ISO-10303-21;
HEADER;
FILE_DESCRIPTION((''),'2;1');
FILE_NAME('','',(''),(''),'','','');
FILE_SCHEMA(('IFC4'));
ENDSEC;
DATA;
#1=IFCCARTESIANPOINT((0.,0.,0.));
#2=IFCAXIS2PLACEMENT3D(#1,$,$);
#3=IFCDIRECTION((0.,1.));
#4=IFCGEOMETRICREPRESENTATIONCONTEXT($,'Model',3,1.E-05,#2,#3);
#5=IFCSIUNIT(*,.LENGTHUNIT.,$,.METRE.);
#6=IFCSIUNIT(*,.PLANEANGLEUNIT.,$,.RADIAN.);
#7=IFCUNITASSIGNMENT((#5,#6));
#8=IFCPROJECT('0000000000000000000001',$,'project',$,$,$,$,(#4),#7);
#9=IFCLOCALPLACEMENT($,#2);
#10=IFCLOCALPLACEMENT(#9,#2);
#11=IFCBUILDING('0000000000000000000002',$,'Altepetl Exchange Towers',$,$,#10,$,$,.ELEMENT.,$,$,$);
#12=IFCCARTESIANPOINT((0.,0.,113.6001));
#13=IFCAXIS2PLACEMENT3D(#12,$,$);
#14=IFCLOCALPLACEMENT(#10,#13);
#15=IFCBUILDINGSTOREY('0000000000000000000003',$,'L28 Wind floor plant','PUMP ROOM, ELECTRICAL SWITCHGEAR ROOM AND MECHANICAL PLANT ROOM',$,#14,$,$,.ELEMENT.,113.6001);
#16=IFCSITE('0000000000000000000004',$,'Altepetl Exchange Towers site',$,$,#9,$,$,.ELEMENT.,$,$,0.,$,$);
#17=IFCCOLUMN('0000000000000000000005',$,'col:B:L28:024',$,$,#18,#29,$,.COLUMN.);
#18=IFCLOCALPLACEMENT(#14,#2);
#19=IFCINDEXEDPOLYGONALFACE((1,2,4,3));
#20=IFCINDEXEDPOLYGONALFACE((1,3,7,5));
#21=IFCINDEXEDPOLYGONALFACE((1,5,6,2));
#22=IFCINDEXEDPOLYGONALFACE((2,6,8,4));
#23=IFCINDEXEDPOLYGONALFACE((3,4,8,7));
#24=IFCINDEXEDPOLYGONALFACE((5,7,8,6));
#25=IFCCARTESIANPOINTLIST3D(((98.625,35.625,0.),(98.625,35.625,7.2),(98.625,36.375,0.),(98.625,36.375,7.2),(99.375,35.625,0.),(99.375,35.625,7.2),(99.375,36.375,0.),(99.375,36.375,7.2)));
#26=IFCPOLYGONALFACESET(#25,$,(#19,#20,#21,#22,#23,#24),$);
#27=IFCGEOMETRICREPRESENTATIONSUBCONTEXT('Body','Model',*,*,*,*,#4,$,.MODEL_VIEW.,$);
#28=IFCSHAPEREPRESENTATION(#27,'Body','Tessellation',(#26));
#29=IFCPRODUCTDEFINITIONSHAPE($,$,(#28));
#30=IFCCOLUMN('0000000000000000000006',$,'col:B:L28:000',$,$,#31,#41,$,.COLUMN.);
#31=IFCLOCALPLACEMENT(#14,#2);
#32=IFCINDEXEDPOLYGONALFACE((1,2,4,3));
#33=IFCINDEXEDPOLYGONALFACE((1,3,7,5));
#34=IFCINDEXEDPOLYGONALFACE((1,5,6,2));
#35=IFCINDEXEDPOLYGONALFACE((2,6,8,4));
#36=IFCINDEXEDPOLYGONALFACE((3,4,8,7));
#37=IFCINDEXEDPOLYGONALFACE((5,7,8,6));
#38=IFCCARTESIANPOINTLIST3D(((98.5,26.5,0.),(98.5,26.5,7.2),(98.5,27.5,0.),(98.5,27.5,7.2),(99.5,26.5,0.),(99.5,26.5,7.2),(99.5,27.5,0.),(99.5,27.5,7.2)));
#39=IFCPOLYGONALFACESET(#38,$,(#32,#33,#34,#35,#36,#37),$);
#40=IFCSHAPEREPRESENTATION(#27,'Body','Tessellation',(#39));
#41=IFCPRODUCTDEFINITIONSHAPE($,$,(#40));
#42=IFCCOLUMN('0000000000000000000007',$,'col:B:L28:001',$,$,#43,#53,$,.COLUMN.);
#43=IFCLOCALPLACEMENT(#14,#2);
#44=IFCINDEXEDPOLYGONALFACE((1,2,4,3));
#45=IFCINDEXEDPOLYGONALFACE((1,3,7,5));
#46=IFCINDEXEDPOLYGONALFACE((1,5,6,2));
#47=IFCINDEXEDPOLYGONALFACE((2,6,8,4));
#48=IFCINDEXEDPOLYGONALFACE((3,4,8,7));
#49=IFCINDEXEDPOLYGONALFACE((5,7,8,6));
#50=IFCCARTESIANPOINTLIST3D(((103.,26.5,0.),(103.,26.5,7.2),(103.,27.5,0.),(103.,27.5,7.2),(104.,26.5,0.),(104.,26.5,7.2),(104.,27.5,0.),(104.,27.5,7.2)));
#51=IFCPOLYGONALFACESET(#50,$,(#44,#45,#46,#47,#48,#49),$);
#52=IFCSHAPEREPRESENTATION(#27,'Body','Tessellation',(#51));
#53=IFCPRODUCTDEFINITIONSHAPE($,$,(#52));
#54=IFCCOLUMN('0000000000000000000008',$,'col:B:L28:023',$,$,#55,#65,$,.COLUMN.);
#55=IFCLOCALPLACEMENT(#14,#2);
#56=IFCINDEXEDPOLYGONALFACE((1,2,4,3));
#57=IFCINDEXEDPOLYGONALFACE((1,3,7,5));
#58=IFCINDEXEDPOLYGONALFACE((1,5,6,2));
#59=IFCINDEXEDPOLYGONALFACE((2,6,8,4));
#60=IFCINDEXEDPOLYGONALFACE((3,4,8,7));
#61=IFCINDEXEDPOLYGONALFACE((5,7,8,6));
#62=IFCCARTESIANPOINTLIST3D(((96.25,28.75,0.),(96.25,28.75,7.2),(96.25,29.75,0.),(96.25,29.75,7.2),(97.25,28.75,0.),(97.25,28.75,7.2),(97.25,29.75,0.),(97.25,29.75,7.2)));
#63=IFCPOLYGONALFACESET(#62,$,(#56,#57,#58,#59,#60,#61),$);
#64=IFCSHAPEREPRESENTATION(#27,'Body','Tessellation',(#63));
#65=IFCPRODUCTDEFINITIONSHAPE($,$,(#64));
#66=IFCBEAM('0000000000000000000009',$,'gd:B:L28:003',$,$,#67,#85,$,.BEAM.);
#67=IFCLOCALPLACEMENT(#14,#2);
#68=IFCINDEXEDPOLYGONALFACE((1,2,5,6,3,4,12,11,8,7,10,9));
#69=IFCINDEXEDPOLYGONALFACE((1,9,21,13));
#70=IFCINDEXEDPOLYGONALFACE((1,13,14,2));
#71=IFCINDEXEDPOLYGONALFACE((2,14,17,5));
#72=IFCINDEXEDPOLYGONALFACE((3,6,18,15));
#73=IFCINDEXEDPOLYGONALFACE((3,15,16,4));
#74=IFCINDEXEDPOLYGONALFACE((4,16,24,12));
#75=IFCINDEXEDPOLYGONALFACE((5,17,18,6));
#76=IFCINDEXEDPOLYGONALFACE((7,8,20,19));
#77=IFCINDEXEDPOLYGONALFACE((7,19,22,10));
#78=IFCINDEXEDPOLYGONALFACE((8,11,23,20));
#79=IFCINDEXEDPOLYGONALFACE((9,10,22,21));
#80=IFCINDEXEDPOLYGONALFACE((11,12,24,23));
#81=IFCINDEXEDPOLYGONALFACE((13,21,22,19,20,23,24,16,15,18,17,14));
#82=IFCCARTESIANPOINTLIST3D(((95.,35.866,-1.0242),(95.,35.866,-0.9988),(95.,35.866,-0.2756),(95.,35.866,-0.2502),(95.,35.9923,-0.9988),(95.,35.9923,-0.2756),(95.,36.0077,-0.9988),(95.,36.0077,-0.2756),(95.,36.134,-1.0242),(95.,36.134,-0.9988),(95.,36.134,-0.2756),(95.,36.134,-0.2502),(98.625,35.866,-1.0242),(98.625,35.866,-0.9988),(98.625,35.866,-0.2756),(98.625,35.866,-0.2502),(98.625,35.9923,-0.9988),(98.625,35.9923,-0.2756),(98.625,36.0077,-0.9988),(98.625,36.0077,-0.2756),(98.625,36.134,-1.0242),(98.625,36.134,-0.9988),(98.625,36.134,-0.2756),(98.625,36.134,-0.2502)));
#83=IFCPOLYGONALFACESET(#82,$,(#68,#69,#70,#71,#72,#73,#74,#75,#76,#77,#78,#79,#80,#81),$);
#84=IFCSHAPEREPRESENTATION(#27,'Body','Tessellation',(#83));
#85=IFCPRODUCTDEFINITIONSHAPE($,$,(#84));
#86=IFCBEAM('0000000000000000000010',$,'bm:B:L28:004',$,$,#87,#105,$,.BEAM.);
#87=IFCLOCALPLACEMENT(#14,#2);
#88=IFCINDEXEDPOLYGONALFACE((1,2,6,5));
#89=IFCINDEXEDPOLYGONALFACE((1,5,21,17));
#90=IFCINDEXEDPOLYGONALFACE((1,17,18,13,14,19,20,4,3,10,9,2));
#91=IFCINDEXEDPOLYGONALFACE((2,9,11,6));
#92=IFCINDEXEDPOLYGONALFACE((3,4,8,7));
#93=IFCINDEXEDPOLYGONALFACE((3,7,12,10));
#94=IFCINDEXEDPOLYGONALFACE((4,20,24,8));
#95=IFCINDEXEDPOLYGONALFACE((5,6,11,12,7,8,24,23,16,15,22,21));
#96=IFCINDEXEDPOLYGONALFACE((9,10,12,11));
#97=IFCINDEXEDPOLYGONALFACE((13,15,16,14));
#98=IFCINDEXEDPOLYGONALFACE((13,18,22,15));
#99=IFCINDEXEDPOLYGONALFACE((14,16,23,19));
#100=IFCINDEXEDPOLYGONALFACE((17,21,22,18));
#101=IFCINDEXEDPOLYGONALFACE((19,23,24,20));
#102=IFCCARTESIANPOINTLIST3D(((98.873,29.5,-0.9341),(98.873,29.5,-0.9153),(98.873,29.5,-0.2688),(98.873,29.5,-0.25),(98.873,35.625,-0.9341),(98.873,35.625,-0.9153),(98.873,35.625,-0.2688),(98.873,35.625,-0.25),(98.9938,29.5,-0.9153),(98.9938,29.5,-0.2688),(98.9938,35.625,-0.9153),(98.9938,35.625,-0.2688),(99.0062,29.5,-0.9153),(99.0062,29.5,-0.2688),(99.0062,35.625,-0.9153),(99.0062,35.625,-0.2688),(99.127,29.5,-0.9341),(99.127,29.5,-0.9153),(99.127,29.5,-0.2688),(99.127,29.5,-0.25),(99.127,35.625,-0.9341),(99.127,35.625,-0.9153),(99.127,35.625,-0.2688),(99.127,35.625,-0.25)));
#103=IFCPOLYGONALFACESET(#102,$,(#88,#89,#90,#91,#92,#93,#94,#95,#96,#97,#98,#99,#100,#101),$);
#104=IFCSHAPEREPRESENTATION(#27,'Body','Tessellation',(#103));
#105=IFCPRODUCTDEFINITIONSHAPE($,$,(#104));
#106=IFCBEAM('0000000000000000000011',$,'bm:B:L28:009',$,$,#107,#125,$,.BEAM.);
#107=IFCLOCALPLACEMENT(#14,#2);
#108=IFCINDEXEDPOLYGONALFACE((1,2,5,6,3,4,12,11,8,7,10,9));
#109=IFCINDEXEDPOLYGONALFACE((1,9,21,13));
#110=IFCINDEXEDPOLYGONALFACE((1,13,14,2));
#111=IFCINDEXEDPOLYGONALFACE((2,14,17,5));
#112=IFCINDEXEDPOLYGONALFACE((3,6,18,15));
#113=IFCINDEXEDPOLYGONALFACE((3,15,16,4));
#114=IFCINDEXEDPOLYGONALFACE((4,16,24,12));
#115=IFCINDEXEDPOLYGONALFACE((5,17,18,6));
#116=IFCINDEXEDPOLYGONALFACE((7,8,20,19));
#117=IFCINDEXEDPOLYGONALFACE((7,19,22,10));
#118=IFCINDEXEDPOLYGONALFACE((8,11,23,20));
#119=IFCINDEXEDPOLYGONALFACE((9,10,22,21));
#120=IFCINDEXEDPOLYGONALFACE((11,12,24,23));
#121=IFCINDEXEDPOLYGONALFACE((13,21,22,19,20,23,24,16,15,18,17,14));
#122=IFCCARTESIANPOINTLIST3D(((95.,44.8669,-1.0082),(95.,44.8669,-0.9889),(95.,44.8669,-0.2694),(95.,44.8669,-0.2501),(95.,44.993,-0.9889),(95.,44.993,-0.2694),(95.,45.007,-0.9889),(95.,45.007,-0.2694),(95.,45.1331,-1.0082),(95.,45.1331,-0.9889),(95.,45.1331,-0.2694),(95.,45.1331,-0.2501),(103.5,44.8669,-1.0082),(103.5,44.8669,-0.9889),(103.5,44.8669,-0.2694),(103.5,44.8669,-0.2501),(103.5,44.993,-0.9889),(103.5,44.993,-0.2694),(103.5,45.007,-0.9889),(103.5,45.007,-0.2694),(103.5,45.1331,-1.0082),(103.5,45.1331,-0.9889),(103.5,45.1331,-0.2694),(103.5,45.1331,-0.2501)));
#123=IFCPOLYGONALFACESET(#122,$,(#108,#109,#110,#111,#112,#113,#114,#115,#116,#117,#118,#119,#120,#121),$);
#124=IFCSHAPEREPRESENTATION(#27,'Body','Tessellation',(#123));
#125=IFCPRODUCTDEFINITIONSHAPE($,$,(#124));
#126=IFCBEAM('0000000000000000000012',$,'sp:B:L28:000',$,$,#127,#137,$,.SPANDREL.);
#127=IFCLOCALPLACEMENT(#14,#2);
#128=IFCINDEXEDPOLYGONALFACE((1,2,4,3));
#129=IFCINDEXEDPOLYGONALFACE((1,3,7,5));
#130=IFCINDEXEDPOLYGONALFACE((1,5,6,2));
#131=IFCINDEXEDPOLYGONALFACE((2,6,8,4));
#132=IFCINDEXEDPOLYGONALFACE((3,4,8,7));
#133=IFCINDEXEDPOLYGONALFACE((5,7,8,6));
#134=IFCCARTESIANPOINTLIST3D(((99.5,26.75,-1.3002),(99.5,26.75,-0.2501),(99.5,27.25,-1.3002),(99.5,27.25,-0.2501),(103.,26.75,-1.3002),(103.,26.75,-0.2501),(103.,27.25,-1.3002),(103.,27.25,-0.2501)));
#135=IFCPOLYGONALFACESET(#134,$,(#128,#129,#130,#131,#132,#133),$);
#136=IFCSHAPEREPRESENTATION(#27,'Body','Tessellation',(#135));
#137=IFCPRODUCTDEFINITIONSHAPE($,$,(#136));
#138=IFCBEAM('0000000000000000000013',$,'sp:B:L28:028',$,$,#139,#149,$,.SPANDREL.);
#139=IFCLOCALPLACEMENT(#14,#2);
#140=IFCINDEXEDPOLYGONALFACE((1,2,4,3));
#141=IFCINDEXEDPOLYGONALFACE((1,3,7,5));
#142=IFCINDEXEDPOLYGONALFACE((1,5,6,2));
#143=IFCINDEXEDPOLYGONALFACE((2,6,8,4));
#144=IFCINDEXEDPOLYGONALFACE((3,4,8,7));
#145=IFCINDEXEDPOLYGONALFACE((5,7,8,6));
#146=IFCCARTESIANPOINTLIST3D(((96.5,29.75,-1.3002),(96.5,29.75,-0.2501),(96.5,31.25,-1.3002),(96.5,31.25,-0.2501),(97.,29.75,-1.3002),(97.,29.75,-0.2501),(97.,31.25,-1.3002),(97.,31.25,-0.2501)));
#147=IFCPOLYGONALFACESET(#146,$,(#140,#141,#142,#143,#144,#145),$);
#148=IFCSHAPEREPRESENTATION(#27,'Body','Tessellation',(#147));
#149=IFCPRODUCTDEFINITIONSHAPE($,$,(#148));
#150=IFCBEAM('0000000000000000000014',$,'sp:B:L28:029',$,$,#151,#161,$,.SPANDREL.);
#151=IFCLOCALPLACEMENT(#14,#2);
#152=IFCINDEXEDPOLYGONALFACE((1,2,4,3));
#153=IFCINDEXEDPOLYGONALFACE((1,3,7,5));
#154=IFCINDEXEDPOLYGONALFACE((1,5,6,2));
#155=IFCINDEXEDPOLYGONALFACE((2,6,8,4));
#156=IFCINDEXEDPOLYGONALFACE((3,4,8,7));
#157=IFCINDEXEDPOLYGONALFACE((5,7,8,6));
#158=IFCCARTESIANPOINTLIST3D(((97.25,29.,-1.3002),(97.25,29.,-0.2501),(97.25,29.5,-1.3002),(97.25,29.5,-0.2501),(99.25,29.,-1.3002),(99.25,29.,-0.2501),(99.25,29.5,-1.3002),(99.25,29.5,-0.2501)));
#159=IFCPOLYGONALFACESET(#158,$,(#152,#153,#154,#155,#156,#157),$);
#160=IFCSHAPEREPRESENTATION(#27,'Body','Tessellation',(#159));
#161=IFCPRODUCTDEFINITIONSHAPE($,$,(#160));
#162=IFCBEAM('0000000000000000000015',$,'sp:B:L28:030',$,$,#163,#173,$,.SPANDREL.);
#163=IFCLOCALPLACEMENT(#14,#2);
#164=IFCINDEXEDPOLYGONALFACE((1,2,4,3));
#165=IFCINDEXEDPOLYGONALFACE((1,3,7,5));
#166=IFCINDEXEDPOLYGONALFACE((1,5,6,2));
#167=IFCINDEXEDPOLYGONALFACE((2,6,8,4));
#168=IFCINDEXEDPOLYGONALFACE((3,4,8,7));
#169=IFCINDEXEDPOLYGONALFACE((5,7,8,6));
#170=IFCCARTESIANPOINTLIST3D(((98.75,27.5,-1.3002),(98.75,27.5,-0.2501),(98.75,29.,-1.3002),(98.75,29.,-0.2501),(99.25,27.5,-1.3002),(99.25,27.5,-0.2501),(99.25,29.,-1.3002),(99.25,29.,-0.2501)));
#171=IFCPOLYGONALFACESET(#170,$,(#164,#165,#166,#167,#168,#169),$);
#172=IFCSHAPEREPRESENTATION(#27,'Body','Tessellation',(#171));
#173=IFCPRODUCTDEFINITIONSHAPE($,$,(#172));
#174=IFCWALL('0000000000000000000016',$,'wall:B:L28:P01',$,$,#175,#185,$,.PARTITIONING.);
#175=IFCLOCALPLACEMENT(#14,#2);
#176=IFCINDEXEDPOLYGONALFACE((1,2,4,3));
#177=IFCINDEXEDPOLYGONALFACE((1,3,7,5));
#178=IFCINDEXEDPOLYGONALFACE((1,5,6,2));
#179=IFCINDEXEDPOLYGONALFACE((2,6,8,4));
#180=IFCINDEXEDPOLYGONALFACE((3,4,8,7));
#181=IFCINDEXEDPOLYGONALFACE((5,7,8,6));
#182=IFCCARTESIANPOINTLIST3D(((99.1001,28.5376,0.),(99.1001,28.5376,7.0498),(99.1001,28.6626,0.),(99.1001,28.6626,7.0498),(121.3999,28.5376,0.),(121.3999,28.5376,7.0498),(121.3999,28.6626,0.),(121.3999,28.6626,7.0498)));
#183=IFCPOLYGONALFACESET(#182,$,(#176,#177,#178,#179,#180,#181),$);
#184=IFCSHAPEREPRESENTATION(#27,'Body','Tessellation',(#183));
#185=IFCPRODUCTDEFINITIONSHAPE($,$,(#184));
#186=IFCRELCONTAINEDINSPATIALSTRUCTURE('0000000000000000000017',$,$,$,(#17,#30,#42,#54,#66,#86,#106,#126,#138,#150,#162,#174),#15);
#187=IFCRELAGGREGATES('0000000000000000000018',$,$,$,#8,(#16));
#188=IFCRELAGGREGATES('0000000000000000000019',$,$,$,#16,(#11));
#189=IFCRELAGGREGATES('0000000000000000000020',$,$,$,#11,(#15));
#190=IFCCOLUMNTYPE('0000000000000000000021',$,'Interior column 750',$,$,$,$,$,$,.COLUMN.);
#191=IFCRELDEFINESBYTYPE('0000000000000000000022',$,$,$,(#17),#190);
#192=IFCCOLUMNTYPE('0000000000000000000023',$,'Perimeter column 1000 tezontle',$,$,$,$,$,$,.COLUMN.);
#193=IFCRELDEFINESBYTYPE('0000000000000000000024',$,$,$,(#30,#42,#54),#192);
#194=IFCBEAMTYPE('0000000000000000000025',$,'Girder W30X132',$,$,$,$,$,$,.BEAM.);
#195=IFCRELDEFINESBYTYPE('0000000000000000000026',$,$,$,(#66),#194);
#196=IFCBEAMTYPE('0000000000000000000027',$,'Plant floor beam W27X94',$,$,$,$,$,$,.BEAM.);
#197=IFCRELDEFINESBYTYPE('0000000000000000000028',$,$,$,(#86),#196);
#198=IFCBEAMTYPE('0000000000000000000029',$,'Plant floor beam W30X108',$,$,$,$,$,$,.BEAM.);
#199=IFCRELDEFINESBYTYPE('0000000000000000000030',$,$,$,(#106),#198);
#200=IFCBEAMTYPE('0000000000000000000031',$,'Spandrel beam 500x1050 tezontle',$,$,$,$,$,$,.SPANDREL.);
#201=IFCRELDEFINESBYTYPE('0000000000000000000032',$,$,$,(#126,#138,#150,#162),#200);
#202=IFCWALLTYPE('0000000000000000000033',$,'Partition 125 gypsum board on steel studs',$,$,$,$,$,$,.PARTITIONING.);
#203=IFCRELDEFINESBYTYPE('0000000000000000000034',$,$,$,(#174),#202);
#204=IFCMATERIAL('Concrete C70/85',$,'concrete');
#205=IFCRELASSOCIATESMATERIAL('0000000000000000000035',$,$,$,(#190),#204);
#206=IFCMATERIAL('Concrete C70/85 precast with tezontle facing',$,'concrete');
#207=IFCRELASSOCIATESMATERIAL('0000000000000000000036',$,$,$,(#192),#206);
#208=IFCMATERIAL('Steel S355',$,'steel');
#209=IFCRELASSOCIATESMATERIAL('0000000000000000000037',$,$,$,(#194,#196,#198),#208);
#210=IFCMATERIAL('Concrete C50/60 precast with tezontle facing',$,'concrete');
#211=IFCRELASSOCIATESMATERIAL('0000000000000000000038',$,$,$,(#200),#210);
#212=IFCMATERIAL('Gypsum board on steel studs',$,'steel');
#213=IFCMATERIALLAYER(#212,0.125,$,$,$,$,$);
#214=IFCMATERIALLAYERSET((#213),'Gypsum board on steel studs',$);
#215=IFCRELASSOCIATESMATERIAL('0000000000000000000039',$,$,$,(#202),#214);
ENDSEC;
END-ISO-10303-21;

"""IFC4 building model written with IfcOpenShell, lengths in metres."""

from ifc_helpers import new_model, si_unit, direction, frame, frame_2d, origin, origin_2d, place, context, subcontext, project, spatial, rectangle, i_section, extrude, material, layer, layer_set, material_profile, profile_set, type_object, element, save


model = new_model("IFC4")

# Units and contexts
model_context = context("Model", 3, precision=1e-05, world=origin(), true_north=direction((0.0, 1.0)))
body_context = subcontext(model_context, "Body", "Model", "MODEL_VIEW")
ifc_project = project(units=[si_unit("LENGTHUNIT", "METRE"), si_unit("PLANEANGLEUNIT", "RADIAN")], contexts=[model_context])

# Site, building, storey
site_placement = place(None, origin())
site = spatial("IfcSite", under=ifc_project, at=site_placement, Name="Altepetl Exchange Towers site", CompositionType="ELEMENT", RefElevation=0.0)
building_placement = place(site_placement, origin())
building = spatial("IfcBuilding", under=site, at=building_placement, Name="Altepetl Exchange Towers", CompositionType="ELEMENT")
storey_placement = place(building_placement, frame((0.0, 0.0, 113.6001)))
storey = spatial("IfcBuildingStorey", under=building, at=storey_placement, Name="L28 Wind floor plant", Description="PUMP ROOM, ELECTRICAL SWITCHGEAR ROOM AND MECHANICAL PLANT ROOM", CompositionType="ELEMENT", Elevation=113.6001)

# Columns
ifc_material_1 = material(Name="Concrete C70/85", Category="concrete")
ifc_material_profile_1 = material_profile(ifc_material_1, rectangle(XDim=0.75, YDim=0.75, at=origin_2d()), Name="750 x 750")
ifc_profile_set_1 = profile_set([ifc_material_profile_1], Name="Concrete C70/85")
column_type_1 = type_object("IfcColumnType", Name="Interior column 750", PredefinedType="COLUMN", material=ifc_profile_set_1)
column_placement = place(storey_placement, frame((99.0, 36.0, 0.0)))
element("IfcColumn", 1, at=column_placement, inside=storey, type_object=column_type_1, Name="col:B:L28:024", PredefinedType="COLUMN", context=body_context, shape_type="SweptSolid", body=[
    extrude(rectangle(XDim=0.75, YDim=0.75, at=origin_2d()), origin(), (0.0, 0.0, 1.0), 7.2),
])
ifc_material_2 = material(Name="Concrete C70/85 precast with tezontle facing", Category="concrete")
ifc_material_profile_2 = material_profile(ifc_material_2, rectangle(XDim=1.0, YDim=1.0, at=origin_2d()), Name="1000 x 1000")
ifc_profile_set_2 = profile_set([ifc_material_profile_2], Name="Concrete C70/85 precast with tezontle facing")
column_type_2 = type_object("IfcColumnType", Name="Perimeter column 1000 tezontle", PredefinedType="COLUMN", material=ifc_profile_set_2)
for number, where, name in (
    (2, (99.0, 27.0, 0.0), "col:B:L28:000"),
    (3, (103.5, 27.0, 0.0), "col:B:L28:001"),
    (4, (96.75, 29.25, 0.0), "col:B:L28:023"),
):
    element("IfcColumn", number, at=place(storey_placement, frame(where)), inside=storey, type_object=column_type_2, Name=name, PredefinedType="COLUMN", context=body_context, shape_type="SweptSolid", body=[
        extrude(rectangle(XDim=1.0, YDim=1.0, at=origin_2d()), origin(), (0.0, 0.0, 1.0), 7.2),
    ])

# Beams
ifc_material_3 = material(Name="Steel S355", Category="steel")
ifc_material_profile_3 = material_profile(ifc_material_3, i_section(OverallWidth=0.2681, OverallDepth=0.7739, WebThickness=0.0154, FlangeThickness=0.0254, at=origin_2d()), Name="W30X132")
ifc_profile_set_3 = profile_set([ifc_material_profile_3], Name="Steel S355")
beam_type_1 = type_object("IfcBeamType", Name="Girder W30X132", PredefinedType="BEAM", material=ifc_profile_set_3)
beam_1_placement = place(storey_placement, frame((98.625, 36.0, -0.6372), z_axis=(-1.0, 0.0, 0.0), x_axis=(0.0, -1.0, 0.0)))
element("IfcBeam", 5, at=beam_1_placement, inside=storey, type_object=beam_type_1, Name="gd:B:L28:003", PredefinedType="BEAM", context=body_context, shape_type="SweptSolid", body=[
    extrude(i_section(OverallWidth=0.2681, OverallDepth=0.7739, WebThickness=0.0154, FlangeThickness=0.0254, at=origin_2d()), origin(), (0.0, 0.0, 1.0), 3.625),
])
ifc_material_profile_4 = material_profile(ifc_material_3, i_section(OverallWidth=0.2539, OverallDepth=0.6841, WebThickness=0.0125, FlangeThickness=0.0188, at=origin_2d()), Name="W27X94")
ifc_profile_set_4 = profile_set([ifc_material_profile_4], Name="Steel S355")
beam_type_2 = type_object("IfcBeamType", Name="Plant floor beam W27X94", PredefinedType="BEAM", material=ifc_profile_set_4)
beam_2_placement = place(storey_placement, frame((99.0, 29.5, -0.592), z_axis=(0.0, 1.0, 0.0), x_axis=(-1.0, 0.0, 0.0)))
element("IfcBeam", 6, at=beam_2_placement, inside=storey, type_object=beam_type_2, Name="bm:B:L28:004", PredefinedType="BEAM", context=body_context, shape_type="SweptSolid", body=[
    extrude(i_section(OverallWidth=0.2539, OverallDepth=0.6841, WebThickness=0.0125, FlangeThickness=0.0188, at=origin_2d()), origin(), (0.0, 0.0, 1.0), 6.125),
])
ifc_material_profile_5 = material_profile(ifc_material_3, i_section(OverallWidth=0.2661, OverallDepth=0.7581, WebThickness=0.0139, FlangeThickness=0.0193, at=origin_2d()), Name="W30X108")
ifc_profile_set_5 = profile_set([ifc_material_profile_5], Name="Steel S355")
beam_type_3 = type_object("IfcBeamType", Name="Plant floor beam W30X108", PredefinedType="BEAM", material=ifc_profile_set_5)
beam_3_placement = place(storey_placement, frame((95.0, 45.0, -0.6292), z_axis=(1.0, 0.0, 0.0), x_axis=(0.0, 1.0, 0.0)))
element("IfcBeam", 7, at=beam_3_placement, inside=storey, type_object=beam_type_3, Name="bm:B:L28:009", PredefinedType="BEAM", context=body_context, shape_type="SweptSolid", body=[
    extrude(i_section(OverallWidth=0.2661, OverallDepth=0.7581, WebThickness=0.0139, FlangeThickness=0.0193, at=origin_2d()), origin(), (0.0, 0.0, 1.0), 8.5),
])
ifc_material_4 = material(Name="Concrete C50/60 precast with tezontle facing", Category="concrete")
ifc_material_profile_6 = material_profile(ifc_material_4, rectangle(XDim=0.5, YDim=1.05, at=origin_2d()), Name="500 x 1050")
ifc_profile_set_6 = profile_set([ifc_material_profile_6], Name="Concrete C50/60 precast with tezontle facing")
beam_type_4 = type_object("IfcBeamType", Name="Spandrel beam 500x1050 tezontle", PredefinedType="SPANDREL", material=ifc_profile_set_6)
beam_4_placement = place(storey_placement, frame((99.5, 27.0, -0.7751), z_axis=(1.0, 0.0, 0.0), x_axis=(0.0, 1.0, 0.0)))
element("IfcBeam", 8, at=beam_4_placement, inside=storey, type_object=beam_type_4, Name="sp:B:L28:000", PredefinedType="SPANDREL", context=body_context, shape_type="SweptSolid", body=[
    extrude(rectangle(XDim=0.5, YDim=1.05, at=origin_2d()), origin(), (0.0, 0.0, 1.0), 3.5),
])
beam_5_placement = place(storey_placement, frame((96.75, 31.25, -0.7751), z_axis=(0.0, -1.0, 0.0), x_axis=(1.0, 0.0, 0.0)))
element("IfcBeam", 9, at=beam_5_placement, inside=storey, type_object=beam_type_4, Name="sp:B:L28:028", PredefinedType="SPANDREL", context=body_context, shape_type="SweptSolid", body=[
    extrude(rectangle(XDim=0.5, YDim=1.05, at=origin_2d()), origin(), (0.0, 0.0, 1.0), 1.5),
])
beam_6_placement = place(storey_placement, frame((97.25, 29.25, -0.7751), z_axis=(1.0, 0.0, 0.0), x_axis=(0.0, 1.0, 0.0)))
element("IfcBeam", 10, at=beam_6_placement, inside=storey, type_object=beam_type_4, Name="sp:B:L28:029", PredefinedType="SPANDREL", context=body_context, shape_type="SweptSolid", body=[
    extrude(rectangle(XDim=0.5, YDim=1.05, at=origin_2d()), origin(), (0.0, 0.0, 1.0), 2.0),
])
beam_7_placement = place(storey_placement, frame((99.0, 29.0, -0.7751), z_axis=(0.0, -1.0, 0.0), x_axis=(1.0, 0.0, 0.0)))
element("IfcBeam", 11, at=beam_7_placement, inside=storey, type_object=beam_type_4, Name="sp:B:L28:030", PredefinedType="SPANDREL", context=body_context, shape_type="SweptSolid", body=[
    extrude(rectangle(XDim=0.5, YDim=1.05, at=origin_2d()), origin(), (0.0, 0.0, 1.0), 1.5),
])

# Wall
ifc_material_5 = material(Name="Gypsum board on steel studs", Category="steel")
ifc_layer = layer(ifc_material_5, 0.125)
ifc_layer_set = layer_set([ifc_layer], Name="Gypsum board on steel studs")
wall_type = type_object("IfcWallType", Name="Partition 125 gypsum board on steel studs", PredefinedType="PARTITIONING", material=ifc_layer_set)
wall_1_placement = place(storey_placement, frame((99.1001, 28.6001, 0.0)))
element("IfcWall", 12, at=wall_1_placement, inside=storey, type_object=wall_type, Name="wall:B:L28:P01", PredefinedType="PARTITIONING", context=body_context, shape_type="SweptSolid", body=[
    extrude(rectangle(XDim=22.2998, YDim=0.125, at=frame_2d((11.1499, 0.0))), origin(), (0.0, 0.0, 1.0), 7.0498),
])

save(model, "model.ifc")
